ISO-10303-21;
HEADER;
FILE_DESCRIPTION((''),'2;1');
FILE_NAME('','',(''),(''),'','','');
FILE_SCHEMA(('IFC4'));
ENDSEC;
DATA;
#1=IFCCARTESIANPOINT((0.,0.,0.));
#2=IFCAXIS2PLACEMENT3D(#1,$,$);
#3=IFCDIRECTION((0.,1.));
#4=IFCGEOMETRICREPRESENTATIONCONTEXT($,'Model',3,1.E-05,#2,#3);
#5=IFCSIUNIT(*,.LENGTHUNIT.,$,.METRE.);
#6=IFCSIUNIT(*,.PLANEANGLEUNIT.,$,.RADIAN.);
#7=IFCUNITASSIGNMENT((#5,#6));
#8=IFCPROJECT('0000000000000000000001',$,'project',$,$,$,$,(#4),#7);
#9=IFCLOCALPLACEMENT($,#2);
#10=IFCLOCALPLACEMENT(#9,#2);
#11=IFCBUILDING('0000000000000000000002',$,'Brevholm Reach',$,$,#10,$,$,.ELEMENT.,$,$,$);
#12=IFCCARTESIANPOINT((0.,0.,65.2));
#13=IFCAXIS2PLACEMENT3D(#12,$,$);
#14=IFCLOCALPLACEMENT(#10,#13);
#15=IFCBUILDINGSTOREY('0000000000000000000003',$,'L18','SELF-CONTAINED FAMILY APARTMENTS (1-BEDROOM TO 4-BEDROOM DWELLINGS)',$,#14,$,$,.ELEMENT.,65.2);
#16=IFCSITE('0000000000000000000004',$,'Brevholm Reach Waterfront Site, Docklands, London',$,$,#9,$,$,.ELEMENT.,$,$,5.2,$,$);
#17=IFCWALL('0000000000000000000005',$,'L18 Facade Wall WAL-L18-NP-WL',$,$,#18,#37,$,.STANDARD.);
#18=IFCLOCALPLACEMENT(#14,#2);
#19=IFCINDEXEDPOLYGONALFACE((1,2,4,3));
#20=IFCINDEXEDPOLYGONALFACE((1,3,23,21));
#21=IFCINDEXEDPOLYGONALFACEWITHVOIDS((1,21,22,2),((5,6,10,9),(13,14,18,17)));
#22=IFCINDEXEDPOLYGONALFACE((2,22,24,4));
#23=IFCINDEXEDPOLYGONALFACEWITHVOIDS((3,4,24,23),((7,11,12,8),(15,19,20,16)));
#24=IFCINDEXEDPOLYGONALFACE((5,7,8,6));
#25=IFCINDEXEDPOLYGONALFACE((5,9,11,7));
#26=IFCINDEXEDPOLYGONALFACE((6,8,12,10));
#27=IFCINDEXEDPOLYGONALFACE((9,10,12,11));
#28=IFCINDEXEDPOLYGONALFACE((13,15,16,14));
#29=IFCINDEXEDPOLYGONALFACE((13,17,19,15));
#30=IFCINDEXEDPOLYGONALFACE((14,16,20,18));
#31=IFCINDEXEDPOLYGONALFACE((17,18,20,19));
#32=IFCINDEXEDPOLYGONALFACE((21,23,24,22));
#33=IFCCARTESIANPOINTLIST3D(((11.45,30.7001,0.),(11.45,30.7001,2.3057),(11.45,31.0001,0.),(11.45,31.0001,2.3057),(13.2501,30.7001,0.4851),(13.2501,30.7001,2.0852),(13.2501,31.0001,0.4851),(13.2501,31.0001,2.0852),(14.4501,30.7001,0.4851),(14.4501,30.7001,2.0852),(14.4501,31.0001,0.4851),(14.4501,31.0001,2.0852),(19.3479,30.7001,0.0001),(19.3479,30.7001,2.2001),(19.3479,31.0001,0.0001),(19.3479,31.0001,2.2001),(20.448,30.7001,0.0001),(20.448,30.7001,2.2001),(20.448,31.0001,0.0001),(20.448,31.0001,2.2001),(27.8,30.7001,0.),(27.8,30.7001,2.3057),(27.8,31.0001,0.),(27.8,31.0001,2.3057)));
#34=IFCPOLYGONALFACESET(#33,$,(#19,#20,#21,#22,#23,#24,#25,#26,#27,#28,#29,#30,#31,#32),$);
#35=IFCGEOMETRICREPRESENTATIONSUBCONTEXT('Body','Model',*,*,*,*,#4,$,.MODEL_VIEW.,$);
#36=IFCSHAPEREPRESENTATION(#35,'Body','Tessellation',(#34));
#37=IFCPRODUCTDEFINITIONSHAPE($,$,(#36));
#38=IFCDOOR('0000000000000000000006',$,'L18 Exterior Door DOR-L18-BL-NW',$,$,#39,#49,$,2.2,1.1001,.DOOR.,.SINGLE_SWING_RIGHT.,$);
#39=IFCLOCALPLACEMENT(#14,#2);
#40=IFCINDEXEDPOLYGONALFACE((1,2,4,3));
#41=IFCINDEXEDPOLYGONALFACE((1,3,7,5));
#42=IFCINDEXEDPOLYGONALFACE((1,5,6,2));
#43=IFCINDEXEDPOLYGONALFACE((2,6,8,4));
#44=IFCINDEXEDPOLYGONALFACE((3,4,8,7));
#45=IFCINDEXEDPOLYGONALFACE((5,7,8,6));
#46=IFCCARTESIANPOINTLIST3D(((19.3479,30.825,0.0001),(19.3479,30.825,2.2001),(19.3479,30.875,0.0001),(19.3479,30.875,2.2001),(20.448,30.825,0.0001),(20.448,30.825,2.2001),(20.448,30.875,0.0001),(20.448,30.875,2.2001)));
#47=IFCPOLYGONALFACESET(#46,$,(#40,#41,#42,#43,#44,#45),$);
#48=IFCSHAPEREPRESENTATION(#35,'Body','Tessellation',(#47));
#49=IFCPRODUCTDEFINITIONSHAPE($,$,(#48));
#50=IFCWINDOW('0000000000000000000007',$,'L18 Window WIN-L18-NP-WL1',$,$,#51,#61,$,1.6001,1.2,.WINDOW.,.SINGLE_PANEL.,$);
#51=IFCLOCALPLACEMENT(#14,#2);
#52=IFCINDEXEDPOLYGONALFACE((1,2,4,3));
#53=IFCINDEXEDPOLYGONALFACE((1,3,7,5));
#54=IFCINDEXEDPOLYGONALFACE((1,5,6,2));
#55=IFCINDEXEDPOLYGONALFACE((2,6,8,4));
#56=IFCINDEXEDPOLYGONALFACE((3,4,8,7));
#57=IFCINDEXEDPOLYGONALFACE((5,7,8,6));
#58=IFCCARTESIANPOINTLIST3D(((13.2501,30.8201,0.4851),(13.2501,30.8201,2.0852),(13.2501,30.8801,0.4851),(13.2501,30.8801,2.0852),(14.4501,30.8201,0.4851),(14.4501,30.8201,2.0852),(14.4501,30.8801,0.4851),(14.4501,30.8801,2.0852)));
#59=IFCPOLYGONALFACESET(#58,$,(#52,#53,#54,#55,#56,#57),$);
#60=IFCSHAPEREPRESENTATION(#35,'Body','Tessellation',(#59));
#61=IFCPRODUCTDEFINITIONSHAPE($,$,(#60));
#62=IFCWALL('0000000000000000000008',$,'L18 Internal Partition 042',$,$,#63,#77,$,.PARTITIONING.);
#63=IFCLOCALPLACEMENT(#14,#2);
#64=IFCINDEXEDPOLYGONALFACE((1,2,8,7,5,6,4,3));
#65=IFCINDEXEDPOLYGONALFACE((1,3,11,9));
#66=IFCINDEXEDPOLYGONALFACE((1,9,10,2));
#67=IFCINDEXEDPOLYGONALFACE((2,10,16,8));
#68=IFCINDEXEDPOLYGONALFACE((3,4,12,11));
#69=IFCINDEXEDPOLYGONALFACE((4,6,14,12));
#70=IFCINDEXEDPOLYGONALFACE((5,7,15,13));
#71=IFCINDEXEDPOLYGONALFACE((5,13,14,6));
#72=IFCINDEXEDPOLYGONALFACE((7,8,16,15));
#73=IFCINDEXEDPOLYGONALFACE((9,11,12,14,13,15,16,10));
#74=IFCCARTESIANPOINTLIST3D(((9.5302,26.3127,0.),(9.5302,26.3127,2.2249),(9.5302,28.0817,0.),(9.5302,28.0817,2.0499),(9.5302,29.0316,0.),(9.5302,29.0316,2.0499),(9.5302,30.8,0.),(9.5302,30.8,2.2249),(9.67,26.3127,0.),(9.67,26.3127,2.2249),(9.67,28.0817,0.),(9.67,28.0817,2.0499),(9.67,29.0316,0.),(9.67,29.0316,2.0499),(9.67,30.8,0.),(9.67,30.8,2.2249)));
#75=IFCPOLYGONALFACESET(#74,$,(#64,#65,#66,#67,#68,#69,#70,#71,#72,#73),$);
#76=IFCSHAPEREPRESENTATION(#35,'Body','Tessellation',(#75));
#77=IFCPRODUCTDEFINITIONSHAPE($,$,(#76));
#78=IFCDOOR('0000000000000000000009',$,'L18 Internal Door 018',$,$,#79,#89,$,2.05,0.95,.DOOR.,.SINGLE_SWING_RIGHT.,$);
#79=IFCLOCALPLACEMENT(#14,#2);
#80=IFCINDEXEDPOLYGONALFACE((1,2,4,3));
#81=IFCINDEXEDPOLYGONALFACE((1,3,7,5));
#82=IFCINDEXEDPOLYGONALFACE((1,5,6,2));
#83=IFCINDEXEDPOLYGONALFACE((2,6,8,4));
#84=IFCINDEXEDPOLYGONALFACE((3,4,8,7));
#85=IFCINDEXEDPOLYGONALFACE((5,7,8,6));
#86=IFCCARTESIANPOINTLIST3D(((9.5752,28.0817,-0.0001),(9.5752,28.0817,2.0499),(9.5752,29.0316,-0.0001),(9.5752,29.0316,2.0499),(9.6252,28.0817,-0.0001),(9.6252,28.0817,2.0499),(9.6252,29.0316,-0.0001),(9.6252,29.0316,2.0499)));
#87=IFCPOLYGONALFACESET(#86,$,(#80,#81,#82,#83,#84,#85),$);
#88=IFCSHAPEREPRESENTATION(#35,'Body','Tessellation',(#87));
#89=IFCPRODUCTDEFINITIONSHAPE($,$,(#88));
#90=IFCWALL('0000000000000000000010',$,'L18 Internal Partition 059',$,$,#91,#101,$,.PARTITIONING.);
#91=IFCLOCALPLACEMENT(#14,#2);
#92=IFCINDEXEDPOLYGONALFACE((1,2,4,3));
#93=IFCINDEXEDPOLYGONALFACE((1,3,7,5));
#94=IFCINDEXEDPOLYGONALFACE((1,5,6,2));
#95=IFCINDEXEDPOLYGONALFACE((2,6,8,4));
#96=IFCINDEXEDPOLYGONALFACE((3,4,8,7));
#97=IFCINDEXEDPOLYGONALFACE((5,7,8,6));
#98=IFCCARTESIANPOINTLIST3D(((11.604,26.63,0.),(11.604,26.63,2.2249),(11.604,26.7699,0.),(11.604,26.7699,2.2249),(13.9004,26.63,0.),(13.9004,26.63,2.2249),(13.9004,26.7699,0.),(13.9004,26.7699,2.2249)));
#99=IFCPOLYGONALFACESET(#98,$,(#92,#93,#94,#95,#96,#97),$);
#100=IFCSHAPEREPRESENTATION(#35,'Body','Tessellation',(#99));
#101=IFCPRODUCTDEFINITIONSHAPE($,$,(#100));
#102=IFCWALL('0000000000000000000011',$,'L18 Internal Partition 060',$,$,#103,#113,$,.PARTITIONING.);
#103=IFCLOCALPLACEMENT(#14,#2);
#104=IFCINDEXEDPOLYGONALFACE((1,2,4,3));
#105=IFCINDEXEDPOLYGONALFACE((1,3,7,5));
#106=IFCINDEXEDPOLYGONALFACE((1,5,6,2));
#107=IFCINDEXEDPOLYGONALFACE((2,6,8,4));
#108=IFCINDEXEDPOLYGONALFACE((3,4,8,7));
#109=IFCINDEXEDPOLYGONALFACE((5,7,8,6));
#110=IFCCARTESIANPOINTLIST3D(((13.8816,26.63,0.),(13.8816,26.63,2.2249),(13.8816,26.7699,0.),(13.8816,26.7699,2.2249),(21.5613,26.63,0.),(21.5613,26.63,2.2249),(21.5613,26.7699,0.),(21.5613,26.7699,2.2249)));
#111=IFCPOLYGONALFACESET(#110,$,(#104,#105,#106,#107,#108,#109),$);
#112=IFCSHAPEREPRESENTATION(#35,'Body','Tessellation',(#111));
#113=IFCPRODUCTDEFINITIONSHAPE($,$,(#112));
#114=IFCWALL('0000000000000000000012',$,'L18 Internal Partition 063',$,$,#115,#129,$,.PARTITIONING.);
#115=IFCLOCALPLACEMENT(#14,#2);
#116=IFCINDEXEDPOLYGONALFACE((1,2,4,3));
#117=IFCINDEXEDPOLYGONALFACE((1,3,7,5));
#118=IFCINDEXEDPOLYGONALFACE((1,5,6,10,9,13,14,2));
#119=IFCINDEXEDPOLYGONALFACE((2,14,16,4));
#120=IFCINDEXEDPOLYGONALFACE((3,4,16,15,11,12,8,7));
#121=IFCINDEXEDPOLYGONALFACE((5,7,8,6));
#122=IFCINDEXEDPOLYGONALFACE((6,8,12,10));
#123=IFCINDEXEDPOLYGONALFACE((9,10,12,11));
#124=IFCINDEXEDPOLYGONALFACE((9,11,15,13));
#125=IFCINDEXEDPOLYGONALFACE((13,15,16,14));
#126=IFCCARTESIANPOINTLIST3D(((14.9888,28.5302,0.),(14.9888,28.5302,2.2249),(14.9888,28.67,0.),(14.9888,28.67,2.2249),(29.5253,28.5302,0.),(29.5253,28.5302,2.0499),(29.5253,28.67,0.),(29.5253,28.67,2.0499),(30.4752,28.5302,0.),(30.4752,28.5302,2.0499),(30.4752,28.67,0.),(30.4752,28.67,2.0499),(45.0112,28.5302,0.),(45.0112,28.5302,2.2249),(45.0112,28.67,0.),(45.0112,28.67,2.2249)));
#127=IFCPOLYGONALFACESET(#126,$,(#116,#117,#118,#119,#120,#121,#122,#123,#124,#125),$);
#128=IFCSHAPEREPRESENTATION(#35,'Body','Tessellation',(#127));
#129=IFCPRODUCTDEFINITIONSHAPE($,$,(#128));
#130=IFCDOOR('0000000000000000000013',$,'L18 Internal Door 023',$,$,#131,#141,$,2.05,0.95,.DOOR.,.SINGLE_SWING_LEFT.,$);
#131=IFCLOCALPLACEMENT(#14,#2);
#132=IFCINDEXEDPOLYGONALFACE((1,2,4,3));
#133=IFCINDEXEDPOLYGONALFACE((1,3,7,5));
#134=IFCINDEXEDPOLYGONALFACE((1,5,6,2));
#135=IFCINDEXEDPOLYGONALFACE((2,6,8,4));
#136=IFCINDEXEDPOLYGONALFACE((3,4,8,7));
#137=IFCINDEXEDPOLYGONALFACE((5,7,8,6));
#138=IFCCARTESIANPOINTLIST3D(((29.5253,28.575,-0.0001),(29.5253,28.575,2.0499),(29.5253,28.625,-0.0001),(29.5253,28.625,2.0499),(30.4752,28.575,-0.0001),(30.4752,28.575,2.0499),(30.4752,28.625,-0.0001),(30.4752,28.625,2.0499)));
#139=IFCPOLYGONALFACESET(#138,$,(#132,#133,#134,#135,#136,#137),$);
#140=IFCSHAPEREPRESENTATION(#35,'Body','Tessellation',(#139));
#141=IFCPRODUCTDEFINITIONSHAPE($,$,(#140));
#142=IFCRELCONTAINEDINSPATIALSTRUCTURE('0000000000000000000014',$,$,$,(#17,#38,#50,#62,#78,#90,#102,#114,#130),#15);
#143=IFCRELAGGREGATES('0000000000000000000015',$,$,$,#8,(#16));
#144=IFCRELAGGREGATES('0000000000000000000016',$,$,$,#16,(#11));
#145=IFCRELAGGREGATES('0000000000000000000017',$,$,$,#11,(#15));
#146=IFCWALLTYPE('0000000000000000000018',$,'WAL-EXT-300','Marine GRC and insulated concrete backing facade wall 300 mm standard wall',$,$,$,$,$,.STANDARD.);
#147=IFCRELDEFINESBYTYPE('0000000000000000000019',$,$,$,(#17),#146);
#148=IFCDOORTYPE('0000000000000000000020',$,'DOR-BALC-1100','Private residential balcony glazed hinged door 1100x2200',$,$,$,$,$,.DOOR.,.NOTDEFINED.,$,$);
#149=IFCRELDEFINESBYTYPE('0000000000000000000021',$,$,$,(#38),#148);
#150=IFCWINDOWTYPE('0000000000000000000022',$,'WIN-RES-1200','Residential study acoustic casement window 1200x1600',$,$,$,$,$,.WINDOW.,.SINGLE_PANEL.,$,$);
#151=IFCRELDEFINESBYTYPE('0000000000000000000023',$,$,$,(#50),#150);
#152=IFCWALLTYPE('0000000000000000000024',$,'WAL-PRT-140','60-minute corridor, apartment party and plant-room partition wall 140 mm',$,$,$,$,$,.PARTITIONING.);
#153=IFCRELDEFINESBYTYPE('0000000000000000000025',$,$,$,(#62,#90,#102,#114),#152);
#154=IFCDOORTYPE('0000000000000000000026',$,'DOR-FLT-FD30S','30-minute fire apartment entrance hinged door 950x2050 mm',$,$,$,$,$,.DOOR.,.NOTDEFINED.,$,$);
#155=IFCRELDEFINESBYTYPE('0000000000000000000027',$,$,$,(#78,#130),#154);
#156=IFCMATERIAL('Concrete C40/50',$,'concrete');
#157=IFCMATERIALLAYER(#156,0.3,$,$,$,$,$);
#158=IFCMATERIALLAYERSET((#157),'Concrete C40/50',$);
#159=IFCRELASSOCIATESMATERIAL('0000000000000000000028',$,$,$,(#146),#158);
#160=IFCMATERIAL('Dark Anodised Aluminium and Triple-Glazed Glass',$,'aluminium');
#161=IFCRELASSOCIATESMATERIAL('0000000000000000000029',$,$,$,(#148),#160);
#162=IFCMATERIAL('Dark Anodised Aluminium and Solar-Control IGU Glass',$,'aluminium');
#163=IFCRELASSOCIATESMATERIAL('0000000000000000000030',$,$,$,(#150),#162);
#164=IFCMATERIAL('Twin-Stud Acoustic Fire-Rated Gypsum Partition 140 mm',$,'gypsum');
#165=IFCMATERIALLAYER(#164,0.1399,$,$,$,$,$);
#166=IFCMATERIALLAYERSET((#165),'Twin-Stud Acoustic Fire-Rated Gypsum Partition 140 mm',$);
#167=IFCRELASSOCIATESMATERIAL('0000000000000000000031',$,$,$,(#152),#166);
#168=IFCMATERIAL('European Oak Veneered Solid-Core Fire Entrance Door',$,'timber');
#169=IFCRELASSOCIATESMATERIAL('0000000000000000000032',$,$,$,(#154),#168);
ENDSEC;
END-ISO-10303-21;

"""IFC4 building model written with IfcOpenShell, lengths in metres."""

from ifc_helpers import new_model, si_unit, direction, frame, frame_2d, origin, place, context, subcontext, project, spatial, rectangle, extrude, material, layer, layer_set, type_object, element, fill, save


model = new_model("IFC4")

# Units and contexts
model_context = context("Model", 3, precision=1e-05, world=origin(), true_north=direction((0.0, 1.0)))
body_context = subcontext(model_context, "Body", "Model", "MODEL_VIEW")
ifc_project = project(units=[si_unit("LENGTHUNIT", "METRE"), si_unit("PLANEANGLEUNIT", "RADIAN")], contexts=[model_context])

# Site, building, storey
site_placement = place(None, origin())
site = spatial("IfcSite", under=ifc_project, at=site_placement, Name="Brevholm Reach Waterfront Site, Docklands, London", CompositionType="ELEMENT", RefElevation=5.2)
building_placement = place(site_placement, origin())
building = spatial("IfcBuilding", under=site, at=building_placement, Name="Brevholm Reach", CompositionType="ELEMENT")
storey_placement = place(building_placement, frame((0.0, 0.0, 65.2)))
storey = spatial("IfcBuildingStorey", under=building, at=storey_placement, Name="L18", Description="SELF-CONTAINED FAMILY APARTMENTS (1-BEDROOM TO 4-BEDROOM DWELLINGS)", CompositionType="ELEMENT", Elevation=65.2)

# Wall, openings, door, window
ifc_material_1 = material(Name="Concrete C40/50", Category="concrete")
ifc_layer_1 = layer(ifc_material_1, 0.3)
ifc_layer_set_1 = layer_set([ifc_layer_1], Name="Concrete C40/50")
wall_type_1 = type_object("IfcWallType", Name="WAL-EXT-300", Description="Marine GRC and insulated concrete backing facade wall 300 mm standard wall", PredefinedType="STANDARD", material=ifc_layer_set_1)
wall_1_placement = place(storey_placement, frame((11.45, 30.8501, 0.0), z_axis=(0.0, 0.0, 1.0), x_axis=(1.0, 0.0, 0.0)))
wall_1 = element("IfcWall", 1, at=wall_1_placement, inside=storey, type_object=wall_type_1, Name="L18 Facade Wall WAL-L18-NP-WL", PredefinedType="STANDARD", context=body_context, shape_type="SweptSolid", body=[
    extrude(rectangle(XDim=16.3501, YDim=0.3, at=frame_2d((8.175, 0.0))), origin(), (0.0, 0.0, 1.0), 2.3057),
])
opening_1_placement = place(wall_1_placement, frame((7.8979, 0.0, 0.0)))
opening_1 = element("IfcOpeningElement", 2, at=opening_1_placement, cuts=wall_1, PredefinedType="OPENING", context=body_context, shape_type="SweptSolid", body=[
    extrude(rectangle(XDim=1.1001, YDim=2.2, at=frame_2d((0.55, 1.1001))), frame((0.0, 0.1599, 0.0), z_axis=(0.0, -1.0, 0.0), x_axis=(1.0, 0.0, 0.0)), (0.0, 0.0, 1.0), 0.3201),
])
opening_2_placement = place(wall_1_placement, frame((1.8, 0.0, 0.4851)))
opening_2 = element("IfcOpeningElement", 3, at=opening_2_placement, cuts=wall_1, PredefinedType="OPENING", context=body_context, shape_type="SweptSolid", body=[
    extrude(rectangle(XDim=1.2, YDim=1.6001, at=frame_2d((0.6001, 0.8))), frame((0.0, 0.1599, 0.0), z_axis=(0.0, -1.0, 0.0), x_axis=(1.0, 0.0, 0.0)), (0.0, 0.0, 1.0), 0.3201),
])
ifc_material_2 = material(Name="Dark Anodised Aluminium and Triple-Glazed Glass", Category="aluminium")
door_type_1 = type_object("IfcDoorType", Name="DOR-BALC-1100", Description="Private residential balcony glazed hinged door 1100x2200", OperationType="NOTDEFINED", PredefinedType="DOOR", material=ifc_material_2)
door_1_placement = place(opening_1_placement, origin())
door_1 = element("IfcDoor", 4, at=door_1_placement, inside=storey, type_object=door_type_1, Name="L18 Exterior Door DOR-L18-BL-NW", OperationType="SINGLE_SWING_RIGHT", OverallHeight=2.2, OverallWidth=1.1001, PredefinedType="DOOR", context=body_context, shape_type="SweptSolid", body=[
    extrude(rectangle(XDim=1.1001, YDim=2.2, at=frame_2d((0.55, 1.1001))), frame((0.0, 0.0249, 0.0), z_axis=(0.0, -1.0, 0.0), x_axis=(1.0, 0.0, 0.0)), (0.0, 0.0, 1.0), 0.05),
])
fill(opening_1, door_1)
ifc_material_3 = material(Name="Dark Anodised Aluminium and Solar-Control IGU Glass", Category="aluminium")
window_type = type_object("IfcWindowType", Name="WIN-RES-1200", Description="Residential study acoustic casement window 1200x1600", PartitioningType="SINGLE_PANEL", PredefinedType="WINDOW", material=ifc_material_3)
window_placement = place(opening_2_placement, origin())
window = element("IfcWindow", 5, at=window_placement, inside=storey, type_object=window_type, Name="L18 Window WIN-L18-NP-WL1", OverallHeight=1.6001, OverallWidth=1.2, PartitioningType="SINGLE_PANEL", PredefinedType="WINDOW", context=body_context, shape_type="SweptSolid", body=[
    extrude(rectangle(XDim=1.2, YDim=1.6001, at=frame_2d((0.6001, 0.8))), frame((0.0, 0.03, 0.0), z_axis=(0.0, -1.0, 0.0), x_axis=(1.0, 0.0, 0.0)), (0.0, 0.0, 1.0), 0.0601),
])
fill(opening_2, window)

# Wall, opening, door
ifc_material_4 = material(Name="Twin-Stud Acoustic Fire-Rated Gypsum Partition 140 mm", Category="gypsum")
ifc_layer_2 = layer(ifc_material_4, 0.1399)
ifc_layer_set_2 = layer_set([ifc_layer_2], Name="Twin-Stud Acoustic Fire-Rated Gypsum Partition 140 mm")
wall_type_2 = type_object("IfcWallType", Name="WAL-PRT-140", Description="60-minute corridor, apartment party and plant-room partition wall 140 mm", PredefinedType="PARTITIONING", material=ifc_layer_set_2)
wall_2_placement = place(storey_placement, frame((9.6001, 26.3127, 0.0), z_axis=(0.0, 0.0, 1.0), x_axis=(0.0, 1.0, 0.0)))
wall_2 = element("IfcWall", 6, at=wall_2_placement, inside=storey, type_object=wall_type_2, Name="L18 Internal Partition 042", PredefinedType="PARTITIONING", context=body_context, shape_type="SweptSolid", body=[
    extrude(rectangle(XDim=4.4873, YDim=0.1399, at=frame_2d((2.2437, 0.0))), origin(), (0.0, 0.0, 1.0), 2.2249),
])
opening_3_placement = place(wall_2_placement, frame((1.7688, 0.0, 0.0)))
opening_3 = element("IfcOpeningElement", 7, at=opening_3_placement, cuts=wall_2, PredefinedType="OPENING", context=body_context, shape_type="SweptSolid", body=[
    extrude(rectangle(XDim=0.95, YDim=2.05, at=frame_2d((0.4751, 1.0249))), frame((0.0, 0.0798, 0.0), z_axis=(0.0, -1.0, 0.0), x_axis=(1.0, 0.0, 0.0)), (0.0, 0.0, 1.0), 0.1599),
])
ifc_material_5 = material(Name="European Oak Veneered Solid-Core Fire Entrance Door", Category="timber")
door_type_2 = type_object("IfcDoorType", Name="DOR-FLT-FD30S", Description="30-minute fire apartment entrance hinged door 950x2050 mm", OperationType="NOTDEFINED", PredefinedType="DOOR", material=ifc_material_5)
door_2_placement = place(opening_3_placement, origin())
door_2 = element("IfcDoor", 8, at=door_2_placement, inside=storey, type_object=door_type_2, Name="L18 Internal Door 018", OperationType="SINGLE_SWING_RIGHT", OverallHeight=2.05, OverallWidth=0.95, PredefinedType="DOOR", context=body_context, shape_type="SweptSolid", body=[
    extrude(rectangle(XDim=0.95, YDim=2.05, at=frame_2d((0.4751, 1.0249))), frame((0.0, 0.0249, 0.0), z_axis=(0.0, -1.0, 0.0), x_axis=(1.0, 0.0, 0.0)), (0.0, 0.0, 1.0), 0.05),
])
fill(opening_3, door_2)

# Walls
wall_3_placement = place(storey_placement, frame((11.604, 26.7, 0.0), z_axis=(0.0, 0.0, 1.0), x_axis=(1.0, 0.0, 0.0)))
element("IfcWall", 9, at=wall_3_placement, inside=storey, type_object=wall_type_2, Name="L18 Internal Partition 059", PredefinedType="PARTITIONING", context=body_context, shape_type="SweptSolid", body=[
    extrude(rectangle(XDim=2.2964, YDim=0.1399, at=frame_2d((1.1482, 0.0))), origin(), (0.0, 0.0, 1.0), 2.2249),
])
wall_4_placement = place(storey_placement, frame((13.8816, 26.7, 0.0), z_axis=(0.0, 0.0, 1.0), x_axis=(1.0, 0.0, 0.0)))
element("IfcWall", 10, at=wall_4_placement, inside=storey, type_object=wall_type_2, Name="L18 Internal Partition 060", PredefinedType="PARTITIONING", context=body_context, shape_type="SweptSolid", body=[
    extrude(rectangle(XDim=7.6797, YDim=0.1399, at=frame_2d((3.8398, 0.0))), origin(), (0.0, 0.0, 1.0), 2.2249),
])

# Wall, opening, door
wall_5_placement = place(storey_placement, frame((14.9888, 28.6001, 0.0), z_axis=(0.0, 0.0, 1.0), x_axis=(1.0, 0.0, 0.0)))
wall_5 = element("IfcWall", 11, at=wall_5_placement, inside=storey, type_object=wall_type_2, Name="L18 Internal Partition 063", PredefinedType="PARTITIONING", context=body_context, shape_type="SweptSolid", body=[
    extrude(rectangle(XDim=30.0225, YDim=0.1399, at=frame_2d((15.0112, 0.0))), origin(), (0.0, 0.0, 1.0), 2.2249),
])
opening_4_placement = place(wall_5_placement, frame((14.5364, 0.0, 0.0)))
opening_4 = element("IfcOpeningElement", 12, at=opening_4_placement, cuts=wall_5, PredefinedType="OPENING", context=body_context, shape_type="SweptSolid", body=[
    extrude(rectangle(XDim=0.95, YDim=2.05, at=frame_2d((0.4751, 1.0249))), frame((0.0, 0.0798, 0.0), z_axis=(0.0, -1.0, 0.0), x_axis=(1.0, 0.0, 0.0)), (0.0, 0.0, 1.0), 0.1599),
])
door_3_placement = place(opening_4_placement, origin())
door_3 = element("IfcDoor", 13, at=door_3_placement, inside=storey, type_object=door_type_2, Name="L18 Internal Door 023", OperationType="SINGLE_SWING_LEFT", OverallHeight=2.05, OverallWidth=0.95, PredefinedType="DOOR", context=body_context, shape_type="SweptSolid", body=[
    extrude(rectangle(XDim=0.95, YDim=2.05, at=frame_2d((0.4751, 1.0249))), frame((0.0, 0.0249, 0.0), z_axis=(0.0, -1.0, 0.0), x_axis=(1.0, 0.0, 0.0)), (0.0, 0.0, 1.0), 0.05),
])
fill(opening_4, door_3)

save(model, "model.ifc")
